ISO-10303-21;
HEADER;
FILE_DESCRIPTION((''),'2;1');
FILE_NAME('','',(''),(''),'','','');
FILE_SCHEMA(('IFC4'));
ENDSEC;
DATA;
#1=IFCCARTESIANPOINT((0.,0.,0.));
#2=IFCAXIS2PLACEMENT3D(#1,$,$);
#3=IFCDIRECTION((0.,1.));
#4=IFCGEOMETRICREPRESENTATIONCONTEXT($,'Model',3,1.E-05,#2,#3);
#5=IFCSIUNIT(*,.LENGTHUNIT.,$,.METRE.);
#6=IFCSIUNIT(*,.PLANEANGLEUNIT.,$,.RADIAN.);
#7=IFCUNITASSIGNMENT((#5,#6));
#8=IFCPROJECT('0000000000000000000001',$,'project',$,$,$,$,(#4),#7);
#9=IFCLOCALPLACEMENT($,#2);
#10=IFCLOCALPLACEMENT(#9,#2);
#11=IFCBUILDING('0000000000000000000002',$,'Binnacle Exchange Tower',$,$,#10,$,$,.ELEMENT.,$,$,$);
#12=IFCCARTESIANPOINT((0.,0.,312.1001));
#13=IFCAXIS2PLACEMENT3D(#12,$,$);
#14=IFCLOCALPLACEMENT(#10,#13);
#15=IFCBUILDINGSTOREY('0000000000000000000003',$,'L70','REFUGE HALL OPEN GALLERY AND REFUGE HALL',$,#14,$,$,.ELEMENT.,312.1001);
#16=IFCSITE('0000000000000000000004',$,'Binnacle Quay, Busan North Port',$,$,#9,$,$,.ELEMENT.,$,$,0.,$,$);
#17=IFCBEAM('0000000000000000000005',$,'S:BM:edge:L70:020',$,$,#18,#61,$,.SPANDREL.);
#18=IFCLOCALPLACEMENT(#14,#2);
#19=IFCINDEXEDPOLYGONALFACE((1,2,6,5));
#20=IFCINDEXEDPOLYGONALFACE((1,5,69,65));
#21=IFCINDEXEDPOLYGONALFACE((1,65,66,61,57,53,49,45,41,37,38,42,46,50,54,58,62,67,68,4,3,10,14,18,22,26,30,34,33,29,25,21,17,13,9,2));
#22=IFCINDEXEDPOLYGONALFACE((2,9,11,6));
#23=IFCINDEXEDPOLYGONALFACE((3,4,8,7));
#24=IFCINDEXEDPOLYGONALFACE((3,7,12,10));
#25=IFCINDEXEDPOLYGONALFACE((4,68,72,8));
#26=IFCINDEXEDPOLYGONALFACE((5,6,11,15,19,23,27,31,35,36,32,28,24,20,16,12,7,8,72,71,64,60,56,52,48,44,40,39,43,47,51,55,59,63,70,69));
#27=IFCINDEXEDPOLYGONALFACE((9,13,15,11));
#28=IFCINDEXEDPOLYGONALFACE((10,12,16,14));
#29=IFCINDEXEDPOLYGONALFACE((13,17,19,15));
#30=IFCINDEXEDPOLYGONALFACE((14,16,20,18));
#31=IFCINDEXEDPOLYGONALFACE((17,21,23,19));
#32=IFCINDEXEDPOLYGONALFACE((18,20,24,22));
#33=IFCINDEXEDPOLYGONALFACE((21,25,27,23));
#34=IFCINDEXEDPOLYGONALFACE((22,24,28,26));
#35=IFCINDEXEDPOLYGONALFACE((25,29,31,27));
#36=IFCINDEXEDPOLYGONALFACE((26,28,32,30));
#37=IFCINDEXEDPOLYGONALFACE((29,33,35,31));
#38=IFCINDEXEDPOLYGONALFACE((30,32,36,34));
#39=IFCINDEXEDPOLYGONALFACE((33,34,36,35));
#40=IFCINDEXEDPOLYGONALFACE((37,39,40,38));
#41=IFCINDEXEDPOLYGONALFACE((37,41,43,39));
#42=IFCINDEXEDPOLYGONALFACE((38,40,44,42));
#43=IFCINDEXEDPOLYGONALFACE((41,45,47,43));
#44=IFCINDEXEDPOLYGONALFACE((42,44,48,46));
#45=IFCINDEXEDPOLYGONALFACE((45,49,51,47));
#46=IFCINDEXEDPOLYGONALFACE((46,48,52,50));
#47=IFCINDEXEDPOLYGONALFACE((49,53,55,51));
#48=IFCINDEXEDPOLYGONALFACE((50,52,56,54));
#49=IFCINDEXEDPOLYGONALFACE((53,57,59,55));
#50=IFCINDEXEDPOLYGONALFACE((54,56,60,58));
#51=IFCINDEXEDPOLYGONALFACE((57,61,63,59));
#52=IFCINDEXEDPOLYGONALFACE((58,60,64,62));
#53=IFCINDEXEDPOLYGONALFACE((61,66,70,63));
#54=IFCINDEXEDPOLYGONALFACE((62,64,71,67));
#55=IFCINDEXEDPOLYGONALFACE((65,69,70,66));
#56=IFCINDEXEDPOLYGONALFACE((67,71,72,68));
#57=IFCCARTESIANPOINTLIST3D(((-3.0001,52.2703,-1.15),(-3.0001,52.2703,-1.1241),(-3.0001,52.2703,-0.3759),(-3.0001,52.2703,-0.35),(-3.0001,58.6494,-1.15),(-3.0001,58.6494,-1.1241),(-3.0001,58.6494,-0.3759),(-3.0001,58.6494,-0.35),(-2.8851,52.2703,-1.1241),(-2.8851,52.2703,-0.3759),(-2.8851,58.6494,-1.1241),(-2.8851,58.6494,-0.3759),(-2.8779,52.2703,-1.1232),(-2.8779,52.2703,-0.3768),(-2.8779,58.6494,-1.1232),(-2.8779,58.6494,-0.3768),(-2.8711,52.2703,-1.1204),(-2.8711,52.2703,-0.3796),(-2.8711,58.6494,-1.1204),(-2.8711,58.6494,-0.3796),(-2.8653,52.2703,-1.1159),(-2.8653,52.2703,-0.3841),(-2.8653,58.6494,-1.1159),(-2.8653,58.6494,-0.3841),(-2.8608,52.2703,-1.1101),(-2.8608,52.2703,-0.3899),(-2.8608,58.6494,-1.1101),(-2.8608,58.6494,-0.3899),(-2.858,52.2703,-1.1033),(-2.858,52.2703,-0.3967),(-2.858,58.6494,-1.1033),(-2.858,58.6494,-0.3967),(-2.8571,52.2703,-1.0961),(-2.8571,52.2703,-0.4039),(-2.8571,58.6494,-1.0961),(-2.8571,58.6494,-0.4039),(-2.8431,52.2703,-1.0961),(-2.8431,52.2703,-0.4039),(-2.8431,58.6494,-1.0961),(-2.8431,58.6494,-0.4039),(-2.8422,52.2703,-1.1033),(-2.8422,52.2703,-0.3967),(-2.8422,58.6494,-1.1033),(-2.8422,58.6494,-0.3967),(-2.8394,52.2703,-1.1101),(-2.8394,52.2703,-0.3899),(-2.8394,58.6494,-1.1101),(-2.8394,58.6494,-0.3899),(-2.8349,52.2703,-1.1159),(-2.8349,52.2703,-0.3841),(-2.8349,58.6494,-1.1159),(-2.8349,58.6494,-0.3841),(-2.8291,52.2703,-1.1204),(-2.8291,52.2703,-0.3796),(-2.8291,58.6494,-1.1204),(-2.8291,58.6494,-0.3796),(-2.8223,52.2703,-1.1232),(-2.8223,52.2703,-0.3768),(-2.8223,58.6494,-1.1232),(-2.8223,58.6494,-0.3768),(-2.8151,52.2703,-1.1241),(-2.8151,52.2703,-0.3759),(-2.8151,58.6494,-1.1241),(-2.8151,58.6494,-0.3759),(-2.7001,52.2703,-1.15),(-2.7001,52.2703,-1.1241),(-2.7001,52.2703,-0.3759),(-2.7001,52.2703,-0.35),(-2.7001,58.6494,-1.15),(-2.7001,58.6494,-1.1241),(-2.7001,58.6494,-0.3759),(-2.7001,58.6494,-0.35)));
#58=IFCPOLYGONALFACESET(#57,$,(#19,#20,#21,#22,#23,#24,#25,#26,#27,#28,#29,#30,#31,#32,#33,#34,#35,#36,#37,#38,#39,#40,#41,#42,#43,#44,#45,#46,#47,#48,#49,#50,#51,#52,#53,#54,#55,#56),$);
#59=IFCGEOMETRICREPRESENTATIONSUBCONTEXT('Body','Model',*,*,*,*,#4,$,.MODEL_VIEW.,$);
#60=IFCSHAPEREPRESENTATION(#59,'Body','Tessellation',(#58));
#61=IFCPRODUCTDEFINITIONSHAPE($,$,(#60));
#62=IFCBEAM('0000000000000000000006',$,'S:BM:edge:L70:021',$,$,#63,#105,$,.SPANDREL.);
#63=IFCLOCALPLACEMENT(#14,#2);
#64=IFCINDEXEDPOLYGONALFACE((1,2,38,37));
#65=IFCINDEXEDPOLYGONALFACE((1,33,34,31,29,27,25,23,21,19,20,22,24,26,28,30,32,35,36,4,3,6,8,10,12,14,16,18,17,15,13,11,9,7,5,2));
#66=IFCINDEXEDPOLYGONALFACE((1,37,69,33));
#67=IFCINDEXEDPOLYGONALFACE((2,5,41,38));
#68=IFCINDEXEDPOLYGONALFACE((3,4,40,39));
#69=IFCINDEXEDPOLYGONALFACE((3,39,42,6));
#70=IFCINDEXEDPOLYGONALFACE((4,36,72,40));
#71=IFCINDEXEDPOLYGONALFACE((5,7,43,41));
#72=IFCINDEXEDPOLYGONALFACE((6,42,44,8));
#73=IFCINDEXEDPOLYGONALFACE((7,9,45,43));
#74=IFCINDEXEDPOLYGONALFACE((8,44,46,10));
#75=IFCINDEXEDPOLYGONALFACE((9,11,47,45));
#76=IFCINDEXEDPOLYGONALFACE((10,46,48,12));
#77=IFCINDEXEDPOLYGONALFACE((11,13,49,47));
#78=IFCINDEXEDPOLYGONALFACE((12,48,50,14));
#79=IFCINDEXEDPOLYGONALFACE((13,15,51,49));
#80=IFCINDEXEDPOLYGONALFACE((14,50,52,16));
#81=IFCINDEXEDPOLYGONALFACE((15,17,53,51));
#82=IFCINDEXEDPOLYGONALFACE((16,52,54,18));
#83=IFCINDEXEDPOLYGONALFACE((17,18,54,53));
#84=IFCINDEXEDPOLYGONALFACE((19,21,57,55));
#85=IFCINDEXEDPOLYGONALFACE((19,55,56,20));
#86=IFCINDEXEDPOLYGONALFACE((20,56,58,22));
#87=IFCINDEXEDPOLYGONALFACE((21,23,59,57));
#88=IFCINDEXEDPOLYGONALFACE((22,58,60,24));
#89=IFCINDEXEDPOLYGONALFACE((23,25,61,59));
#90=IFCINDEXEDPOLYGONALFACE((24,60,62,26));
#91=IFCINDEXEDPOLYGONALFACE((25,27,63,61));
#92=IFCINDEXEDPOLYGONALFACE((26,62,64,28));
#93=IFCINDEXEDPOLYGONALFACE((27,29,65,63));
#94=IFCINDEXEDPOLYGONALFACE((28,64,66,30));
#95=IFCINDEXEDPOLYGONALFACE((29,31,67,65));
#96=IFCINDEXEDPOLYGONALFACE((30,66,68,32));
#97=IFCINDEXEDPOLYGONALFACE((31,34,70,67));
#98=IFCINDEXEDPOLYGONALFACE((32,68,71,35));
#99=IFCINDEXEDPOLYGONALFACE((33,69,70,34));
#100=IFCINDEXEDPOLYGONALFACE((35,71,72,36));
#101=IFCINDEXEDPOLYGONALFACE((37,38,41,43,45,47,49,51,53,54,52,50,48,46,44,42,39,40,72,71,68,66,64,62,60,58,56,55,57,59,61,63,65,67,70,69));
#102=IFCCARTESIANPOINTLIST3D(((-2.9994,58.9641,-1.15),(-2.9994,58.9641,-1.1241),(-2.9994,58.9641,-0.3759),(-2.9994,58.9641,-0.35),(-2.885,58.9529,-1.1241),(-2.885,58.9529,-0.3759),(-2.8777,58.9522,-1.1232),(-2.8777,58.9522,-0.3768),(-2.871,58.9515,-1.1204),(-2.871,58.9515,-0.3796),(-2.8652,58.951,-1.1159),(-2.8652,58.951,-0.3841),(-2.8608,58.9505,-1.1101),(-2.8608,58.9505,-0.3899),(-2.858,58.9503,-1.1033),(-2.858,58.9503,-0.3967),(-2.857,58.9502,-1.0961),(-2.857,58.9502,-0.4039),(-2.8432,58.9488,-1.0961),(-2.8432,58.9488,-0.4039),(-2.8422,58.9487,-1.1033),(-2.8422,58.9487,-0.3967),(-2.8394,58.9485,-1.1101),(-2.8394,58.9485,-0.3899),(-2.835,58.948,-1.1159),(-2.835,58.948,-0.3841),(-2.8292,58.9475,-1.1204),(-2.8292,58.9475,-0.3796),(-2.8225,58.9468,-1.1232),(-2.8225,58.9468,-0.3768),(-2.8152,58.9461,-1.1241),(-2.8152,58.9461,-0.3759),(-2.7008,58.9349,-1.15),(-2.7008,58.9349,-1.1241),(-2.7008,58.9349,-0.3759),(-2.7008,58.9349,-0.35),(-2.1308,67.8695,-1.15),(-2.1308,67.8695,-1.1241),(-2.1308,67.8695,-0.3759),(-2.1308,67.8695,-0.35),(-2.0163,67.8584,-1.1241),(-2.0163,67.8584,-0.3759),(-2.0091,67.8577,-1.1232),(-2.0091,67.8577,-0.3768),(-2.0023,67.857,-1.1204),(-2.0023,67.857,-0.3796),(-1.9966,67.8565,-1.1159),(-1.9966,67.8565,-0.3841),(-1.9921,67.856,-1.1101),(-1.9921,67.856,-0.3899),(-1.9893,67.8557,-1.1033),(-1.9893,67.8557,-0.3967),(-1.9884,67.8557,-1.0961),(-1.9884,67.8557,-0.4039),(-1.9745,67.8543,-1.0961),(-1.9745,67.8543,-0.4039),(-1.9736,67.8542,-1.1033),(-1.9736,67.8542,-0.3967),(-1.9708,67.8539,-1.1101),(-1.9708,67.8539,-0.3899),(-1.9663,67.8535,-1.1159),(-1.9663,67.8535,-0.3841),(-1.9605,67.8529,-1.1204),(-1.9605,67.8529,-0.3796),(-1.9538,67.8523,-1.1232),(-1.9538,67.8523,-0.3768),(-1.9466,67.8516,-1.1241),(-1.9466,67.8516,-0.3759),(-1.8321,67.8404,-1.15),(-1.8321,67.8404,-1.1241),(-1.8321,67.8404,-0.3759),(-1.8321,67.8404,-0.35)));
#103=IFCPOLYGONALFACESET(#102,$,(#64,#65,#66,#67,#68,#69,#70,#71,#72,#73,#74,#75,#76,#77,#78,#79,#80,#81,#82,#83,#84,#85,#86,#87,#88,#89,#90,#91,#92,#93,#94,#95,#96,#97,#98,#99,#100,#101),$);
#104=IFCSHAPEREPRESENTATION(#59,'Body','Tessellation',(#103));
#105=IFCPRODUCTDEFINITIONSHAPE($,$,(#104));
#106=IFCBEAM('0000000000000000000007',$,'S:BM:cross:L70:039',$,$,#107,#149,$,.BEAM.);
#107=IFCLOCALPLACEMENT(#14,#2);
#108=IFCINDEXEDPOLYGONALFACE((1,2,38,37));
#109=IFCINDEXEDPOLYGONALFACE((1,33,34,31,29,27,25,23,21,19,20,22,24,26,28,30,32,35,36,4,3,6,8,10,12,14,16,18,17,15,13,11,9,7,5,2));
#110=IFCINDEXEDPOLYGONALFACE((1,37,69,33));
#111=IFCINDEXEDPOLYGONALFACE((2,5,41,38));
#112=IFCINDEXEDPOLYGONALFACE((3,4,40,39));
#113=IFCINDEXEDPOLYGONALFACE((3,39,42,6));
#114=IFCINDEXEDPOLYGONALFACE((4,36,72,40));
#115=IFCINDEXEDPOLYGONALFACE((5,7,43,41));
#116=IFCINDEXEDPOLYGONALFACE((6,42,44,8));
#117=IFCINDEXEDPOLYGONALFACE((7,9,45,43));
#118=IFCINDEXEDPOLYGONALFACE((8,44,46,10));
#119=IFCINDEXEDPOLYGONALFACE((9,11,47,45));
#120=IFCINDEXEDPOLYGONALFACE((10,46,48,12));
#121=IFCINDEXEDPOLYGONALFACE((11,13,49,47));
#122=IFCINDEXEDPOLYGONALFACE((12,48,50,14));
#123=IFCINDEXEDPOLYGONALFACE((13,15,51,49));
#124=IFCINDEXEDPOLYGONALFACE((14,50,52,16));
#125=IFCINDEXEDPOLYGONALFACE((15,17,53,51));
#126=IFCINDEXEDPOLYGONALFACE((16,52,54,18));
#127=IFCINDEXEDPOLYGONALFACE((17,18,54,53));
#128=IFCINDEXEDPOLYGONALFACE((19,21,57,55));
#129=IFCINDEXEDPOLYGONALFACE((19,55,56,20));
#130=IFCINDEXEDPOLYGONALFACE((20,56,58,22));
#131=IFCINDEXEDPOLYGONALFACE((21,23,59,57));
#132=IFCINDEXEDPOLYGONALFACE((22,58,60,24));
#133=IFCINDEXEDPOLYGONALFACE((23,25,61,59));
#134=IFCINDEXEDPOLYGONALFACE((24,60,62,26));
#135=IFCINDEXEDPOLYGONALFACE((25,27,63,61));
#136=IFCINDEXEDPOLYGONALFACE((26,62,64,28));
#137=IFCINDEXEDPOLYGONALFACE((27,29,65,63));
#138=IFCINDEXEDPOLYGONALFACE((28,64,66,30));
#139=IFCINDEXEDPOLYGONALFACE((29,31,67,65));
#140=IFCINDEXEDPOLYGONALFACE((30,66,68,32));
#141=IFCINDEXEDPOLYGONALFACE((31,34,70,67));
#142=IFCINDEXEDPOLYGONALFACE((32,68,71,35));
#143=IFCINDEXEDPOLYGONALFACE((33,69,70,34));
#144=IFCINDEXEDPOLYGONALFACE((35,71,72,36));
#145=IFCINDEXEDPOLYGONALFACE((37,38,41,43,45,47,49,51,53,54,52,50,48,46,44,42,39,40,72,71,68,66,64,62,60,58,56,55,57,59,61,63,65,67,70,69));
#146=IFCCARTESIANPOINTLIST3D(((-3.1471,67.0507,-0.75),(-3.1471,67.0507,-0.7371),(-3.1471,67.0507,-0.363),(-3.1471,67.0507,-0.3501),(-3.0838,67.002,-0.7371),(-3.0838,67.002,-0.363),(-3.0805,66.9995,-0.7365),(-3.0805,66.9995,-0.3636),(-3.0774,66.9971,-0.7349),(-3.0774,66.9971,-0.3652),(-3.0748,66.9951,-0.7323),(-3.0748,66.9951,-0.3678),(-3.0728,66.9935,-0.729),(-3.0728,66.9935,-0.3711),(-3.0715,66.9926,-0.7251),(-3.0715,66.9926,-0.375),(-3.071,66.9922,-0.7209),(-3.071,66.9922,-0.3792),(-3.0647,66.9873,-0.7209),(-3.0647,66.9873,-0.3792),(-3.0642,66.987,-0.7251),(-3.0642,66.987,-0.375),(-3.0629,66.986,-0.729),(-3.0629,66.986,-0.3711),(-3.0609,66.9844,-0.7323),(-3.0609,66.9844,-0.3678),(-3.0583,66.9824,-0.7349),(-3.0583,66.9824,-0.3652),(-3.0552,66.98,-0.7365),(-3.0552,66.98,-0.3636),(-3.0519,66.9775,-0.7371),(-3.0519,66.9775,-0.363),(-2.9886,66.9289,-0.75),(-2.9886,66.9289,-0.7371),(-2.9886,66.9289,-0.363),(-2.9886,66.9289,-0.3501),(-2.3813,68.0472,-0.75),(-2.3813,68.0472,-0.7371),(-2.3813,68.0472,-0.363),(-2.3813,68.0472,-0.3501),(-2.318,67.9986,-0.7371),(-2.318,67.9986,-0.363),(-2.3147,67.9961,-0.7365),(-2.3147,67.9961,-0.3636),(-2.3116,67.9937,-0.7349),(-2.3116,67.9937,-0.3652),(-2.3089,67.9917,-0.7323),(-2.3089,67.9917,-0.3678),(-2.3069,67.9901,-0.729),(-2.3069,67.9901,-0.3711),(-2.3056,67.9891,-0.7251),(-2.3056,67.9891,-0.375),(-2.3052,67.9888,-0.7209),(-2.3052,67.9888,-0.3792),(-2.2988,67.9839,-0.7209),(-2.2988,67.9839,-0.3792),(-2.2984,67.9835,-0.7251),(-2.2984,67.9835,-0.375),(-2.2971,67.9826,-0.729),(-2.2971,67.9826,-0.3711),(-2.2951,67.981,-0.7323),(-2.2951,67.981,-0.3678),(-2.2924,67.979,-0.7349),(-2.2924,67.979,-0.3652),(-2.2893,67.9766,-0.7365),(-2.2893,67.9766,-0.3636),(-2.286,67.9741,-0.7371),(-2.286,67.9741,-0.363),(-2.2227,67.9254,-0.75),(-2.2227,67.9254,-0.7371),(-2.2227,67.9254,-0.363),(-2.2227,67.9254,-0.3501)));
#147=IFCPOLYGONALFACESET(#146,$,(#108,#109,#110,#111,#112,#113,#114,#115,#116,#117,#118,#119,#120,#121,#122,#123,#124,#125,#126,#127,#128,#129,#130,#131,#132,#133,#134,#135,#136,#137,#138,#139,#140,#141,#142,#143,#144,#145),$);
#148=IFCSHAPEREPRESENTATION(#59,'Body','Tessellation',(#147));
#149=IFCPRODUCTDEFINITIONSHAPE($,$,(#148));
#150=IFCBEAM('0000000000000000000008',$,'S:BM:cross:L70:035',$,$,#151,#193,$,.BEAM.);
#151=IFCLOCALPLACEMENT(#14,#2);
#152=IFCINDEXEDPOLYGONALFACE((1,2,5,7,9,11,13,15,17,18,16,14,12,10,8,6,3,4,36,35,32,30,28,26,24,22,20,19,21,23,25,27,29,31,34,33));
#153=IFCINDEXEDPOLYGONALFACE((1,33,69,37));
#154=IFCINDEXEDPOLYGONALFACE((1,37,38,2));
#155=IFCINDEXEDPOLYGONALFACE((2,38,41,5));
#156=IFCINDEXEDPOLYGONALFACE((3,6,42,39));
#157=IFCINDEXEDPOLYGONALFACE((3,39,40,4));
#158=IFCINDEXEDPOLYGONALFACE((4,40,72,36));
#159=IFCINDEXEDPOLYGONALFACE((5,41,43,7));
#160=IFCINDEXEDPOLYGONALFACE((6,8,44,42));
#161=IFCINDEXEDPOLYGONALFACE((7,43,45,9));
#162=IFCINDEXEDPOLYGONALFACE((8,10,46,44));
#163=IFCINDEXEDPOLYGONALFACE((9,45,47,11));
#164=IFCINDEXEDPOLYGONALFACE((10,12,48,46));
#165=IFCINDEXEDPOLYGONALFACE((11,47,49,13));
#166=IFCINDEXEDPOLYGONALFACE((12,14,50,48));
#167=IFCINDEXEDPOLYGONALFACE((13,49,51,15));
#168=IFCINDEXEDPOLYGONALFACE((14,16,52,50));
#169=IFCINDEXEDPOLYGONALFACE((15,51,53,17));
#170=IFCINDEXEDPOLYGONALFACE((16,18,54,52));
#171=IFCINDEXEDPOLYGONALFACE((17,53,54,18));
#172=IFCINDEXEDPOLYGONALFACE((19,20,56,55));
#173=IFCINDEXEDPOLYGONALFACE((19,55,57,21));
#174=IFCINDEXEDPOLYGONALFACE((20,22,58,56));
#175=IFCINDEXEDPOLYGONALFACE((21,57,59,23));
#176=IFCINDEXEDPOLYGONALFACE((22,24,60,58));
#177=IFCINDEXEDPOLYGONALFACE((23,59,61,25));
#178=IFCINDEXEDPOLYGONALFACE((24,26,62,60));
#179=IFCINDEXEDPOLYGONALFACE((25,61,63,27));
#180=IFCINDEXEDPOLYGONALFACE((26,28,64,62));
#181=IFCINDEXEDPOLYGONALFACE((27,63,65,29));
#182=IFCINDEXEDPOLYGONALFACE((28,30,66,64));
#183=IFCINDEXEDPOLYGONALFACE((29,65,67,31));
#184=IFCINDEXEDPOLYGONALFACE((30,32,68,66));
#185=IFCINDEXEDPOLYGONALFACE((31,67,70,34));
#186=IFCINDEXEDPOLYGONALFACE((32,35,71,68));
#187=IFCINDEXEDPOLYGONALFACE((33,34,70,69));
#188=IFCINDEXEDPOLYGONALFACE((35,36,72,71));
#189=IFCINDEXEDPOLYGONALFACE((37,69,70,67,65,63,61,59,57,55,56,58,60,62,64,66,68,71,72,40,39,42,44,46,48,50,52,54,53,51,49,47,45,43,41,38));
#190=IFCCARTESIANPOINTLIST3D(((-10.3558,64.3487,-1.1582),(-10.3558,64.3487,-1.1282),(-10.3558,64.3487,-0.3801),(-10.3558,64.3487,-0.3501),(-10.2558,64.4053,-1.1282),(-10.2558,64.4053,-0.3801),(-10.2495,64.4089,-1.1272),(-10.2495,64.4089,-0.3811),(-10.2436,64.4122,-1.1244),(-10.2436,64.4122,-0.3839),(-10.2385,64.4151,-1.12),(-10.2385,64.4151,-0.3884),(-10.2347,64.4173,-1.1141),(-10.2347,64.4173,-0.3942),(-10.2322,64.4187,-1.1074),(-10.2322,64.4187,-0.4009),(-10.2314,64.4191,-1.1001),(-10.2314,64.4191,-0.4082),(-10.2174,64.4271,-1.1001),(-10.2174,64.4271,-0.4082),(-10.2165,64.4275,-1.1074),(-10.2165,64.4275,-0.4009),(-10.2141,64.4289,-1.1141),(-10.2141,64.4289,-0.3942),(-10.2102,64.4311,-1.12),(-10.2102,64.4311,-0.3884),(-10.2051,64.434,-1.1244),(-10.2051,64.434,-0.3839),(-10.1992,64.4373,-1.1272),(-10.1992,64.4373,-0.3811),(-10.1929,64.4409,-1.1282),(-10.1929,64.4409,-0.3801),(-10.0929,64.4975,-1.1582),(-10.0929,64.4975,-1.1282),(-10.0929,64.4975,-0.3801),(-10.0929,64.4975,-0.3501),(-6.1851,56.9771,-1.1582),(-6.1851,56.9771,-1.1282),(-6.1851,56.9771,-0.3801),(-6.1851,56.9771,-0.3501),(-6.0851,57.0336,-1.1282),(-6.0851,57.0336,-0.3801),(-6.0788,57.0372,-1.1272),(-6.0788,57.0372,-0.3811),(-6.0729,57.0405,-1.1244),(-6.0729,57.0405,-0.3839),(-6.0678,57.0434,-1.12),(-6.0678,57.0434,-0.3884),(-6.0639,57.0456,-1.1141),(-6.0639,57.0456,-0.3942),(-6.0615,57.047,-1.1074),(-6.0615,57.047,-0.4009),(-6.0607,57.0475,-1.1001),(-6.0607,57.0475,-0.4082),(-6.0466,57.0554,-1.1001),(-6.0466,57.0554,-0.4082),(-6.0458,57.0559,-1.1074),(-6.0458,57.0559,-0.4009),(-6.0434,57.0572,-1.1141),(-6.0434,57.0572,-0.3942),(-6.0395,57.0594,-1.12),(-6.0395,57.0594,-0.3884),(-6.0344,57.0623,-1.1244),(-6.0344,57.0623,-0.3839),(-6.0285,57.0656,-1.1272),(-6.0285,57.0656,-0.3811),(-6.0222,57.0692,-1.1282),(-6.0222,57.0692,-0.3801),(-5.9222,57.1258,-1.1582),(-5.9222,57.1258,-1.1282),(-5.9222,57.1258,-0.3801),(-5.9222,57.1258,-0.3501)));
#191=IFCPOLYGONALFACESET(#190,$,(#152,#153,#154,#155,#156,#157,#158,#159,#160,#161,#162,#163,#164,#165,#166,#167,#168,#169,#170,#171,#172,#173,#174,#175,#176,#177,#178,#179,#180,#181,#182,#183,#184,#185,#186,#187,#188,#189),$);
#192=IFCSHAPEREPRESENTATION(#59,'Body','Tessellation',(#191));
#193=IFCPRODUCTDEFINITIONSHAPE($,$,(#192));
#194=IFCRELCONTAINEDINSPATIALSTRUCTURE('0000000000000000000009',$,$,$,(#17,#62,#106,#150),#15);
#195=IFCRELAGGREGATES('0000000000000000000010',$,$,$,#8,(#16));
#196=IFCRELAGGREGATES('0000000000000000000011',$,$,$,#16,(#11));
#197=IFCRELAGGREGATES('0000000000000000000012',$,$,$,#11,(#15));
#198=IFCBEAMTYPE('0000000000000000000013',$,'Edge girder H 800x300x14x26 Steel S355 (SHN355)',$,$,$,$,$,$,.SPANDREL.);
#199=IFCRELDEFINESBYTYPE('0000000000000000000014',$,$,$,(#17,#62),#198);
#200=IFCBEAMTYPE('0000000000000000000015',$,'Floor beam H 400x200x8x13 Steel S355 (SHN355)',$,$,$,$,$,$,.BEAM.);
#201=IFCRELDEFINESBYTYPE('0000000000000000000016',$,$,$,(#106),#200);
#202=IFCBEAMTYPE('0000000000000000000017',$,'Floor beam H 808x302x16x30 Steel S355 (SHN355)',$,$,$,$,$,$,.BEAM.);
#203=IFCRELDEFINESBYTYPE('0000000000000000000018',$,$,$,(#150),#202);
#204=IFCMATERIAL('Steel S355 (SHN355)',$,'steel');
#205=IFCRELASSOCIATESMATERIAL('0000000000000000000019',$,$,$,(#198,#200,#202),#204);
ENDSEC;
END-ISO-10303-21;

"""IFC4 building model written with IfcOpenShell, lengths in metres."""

from ifc_helpers import new_model, si_unit, direction, frame, origin, origin_2d, place, context, subcontext, project, spatial, i_section, extrude, material, material_profile, profile_set, type_object, element, save


model = new_model("IFC4")

# Units and contexts
model_context = context("Model", 3, precision=1e-05, world=origin(), true_north=direction((0.0, 1.0)))
body_context = subcontext(model_context, "Body", "Model", "MODEL_VIEW")
ifc_project = project(units=[si_unit("LENGTHUNIT", "METRE"), si_unit("PLANEANGLEUNIT", "RADIAN")], contexts=[model_context])

# Site, building, storey
site_placement = place(None, origin())
site = spatial("IfcSite", under=ifc_project, at=site_placement, Name="Binnacle Quay, Busan North Port", CompositionType="ELEMENT", RefElevation=0.0)
building_placement = place(site_placement, origin())
building = spatial("IfcBuilding", under=site, at=building_placement, Name="Binnacle Exchange Tower", CompositionType="ELEMENT")
storey_placement = place(building_placement, frame((0.0, 0.0, 312.1001)))
storey = spatial("IfcBuildingStorey", under=building, at=storey_placement, Name="L70", Description="REFUGE HALL OPEN GALLERY AND REFUGE HALL", CompositionType="ELEMENT", Elevation=312.1001)

# Shared definitions
ifc_material_1 = material(Name="Steel S355 (SHN355)", Category="steel")

# Beams
ifc_material_profile_1 = material_profile(ifc_material_1, i_section(OverallWidth=0.3, OverallDepth=0.8, WebThickness=0.0139, FlangeThickness=0.0259, FilletRadius=0.0281, at=origin_2d()), Name="H 800x300x14x26")
ifc_profile_set_1 = profile_set([ifc_material_profile_1], Name="Steel S355 (SHN355)")
beam_type_1 = type_object("IfcBeamType", Name="Edge girder H 800x300x14x26 Steel S355 (SHN355)", PredefinedType="SPANDREL", material=ifc_profile_set_1)
beam_1_placement = place(storey_placement, frame((-2.8501, 58.6494, -0.75), z_axis=(0.0, -1.0, 0.0), x_axis=(1.0, 0.0, 0.0)))
element("IfcBeam", 1, at=beam_1_placement, inside=storey, type_object=beam_type_1, Name="S:BM:edge:L70:020", PredefinedType="SPANDREL", context=body_context, shape_type="SweptSolid", body=[
    extrude(i_section(OverallWidth=0.3, OverallDepth=0.8, WebThickness=0.0139, FlangeThickness=0.0259, FilletRadius=0.0281, at=origin_2d()), origin(), (0.0, 0.0, 1.0), 6.3792),
])
beam_2_placement = place(storey_placement, frame((-1.9814, 67.855, -0.75), z_axis=(-0.09708, -0.995277, 0.0), x_axis=(0.995277, -0.09708, 0.0)))
element("IfcBeam", 2, at=beam_2_placement, inside=storey, type_object=beam_type_1, Name="S:BM:edge:L70:021", PredefinedType="SPANDREL", context=body_context, shape_type="SweptSolid", body=[
    extrude(i_section(OverallWidth=0.3, OverallDepth=0.8, WebThickness=0.0139, FlangeThickness=0.0259, FilletRadius=0.0281, at=origin_2d()), origin(), (0.0, 0.0, 1.0), 8.9478),
])
ifc_material_profile_2 = material_profile(ifc_material_1, i_section(OverallWidth=0.2, OverallDepth=0.3999, WebThickness=0.0081, FlangeThickness=0.0129, FilletRadius=0.0161, at=origin_2d()), Name="H 400x200x8x13")
ifc_profile_set_2 = profile_set([ifc_material_profile_2], Name="Steel S355 (SHN355)")
beam_type_2 = type_object("IfcBeamType", Name="Floor beam H 400x200x8x13 Steel S355 (SHN355)", PredefinedType="BEAM", material=ifc_profile_set_2)
beam_3_placement = place(storey_placement, frame((-2.302, 67.9863, -0.55), z_axis=(-0.609345, -0.792906, 0.0), x_axis=(0.792906, -0.609345, 0.0)))
element("IfcBeam", 3, at=beam_3_placement, inside=storey, type_object=beam_type_2, Name="S:BM:cross:L70:039", PredefinedType="BEAM", context=body_context, shape_type="SweptSolid", body=[
    extrude(i_section(OverallWidth=0.2, OverallDepth=0.3999, WebThickness=0.0081, FlangeThickness=0.0129, FilletRadius=0.0161, at=origin_2d()), origin(), (0.0, 0.0, 1.0), 1.2568),
])
ifc_material_profile_3 = material_profile(ifc_material_1, i_section(OverallWidth=0.302, OverallDepth=0.8081, WebThickness=0.0161, FlangeThickness=0.03, FilletRadius=0.0281, at=origin_2d()), Name="H 808x302x16x30")
ifc_profile_set_3 = profile_set([ifc_material_profile_3], Name="Steel S355 (SHN355)")
beam_type_3 = type_object("IfcBeamType", Name="Floor beam H 808x302x16x30 Steel S355 (SHN355)", PredefinedType="BEAM", material=ifc_profile_set_3)
beam_4_placement = place(storey_placement, frame((-10.2244, 64.4231, -0.7542), z_axis=(0.492425, -0.870355, 0.0), x_axis=(0.870355, 0.492425, 0.0)))
element("IfcBeam", 4, at=beam_4_placement, inside=storey, type_object=beam_type_3, Name="S:BM:cross:L70:035", PredefinedType="BEAM", context=body_context, shape_type="SweptSolid", body=[
    extrude(i_section(OverallWidth=0.302, OverallDepth=0.8081, WebThickness=0.0161, FlangeThickness=0.03, FilletRadius=0.0281, at=origin_2d()), origin(), (0.0, 0.0, 1.0), 8.4697),
])

save(model, "model.ifc")
